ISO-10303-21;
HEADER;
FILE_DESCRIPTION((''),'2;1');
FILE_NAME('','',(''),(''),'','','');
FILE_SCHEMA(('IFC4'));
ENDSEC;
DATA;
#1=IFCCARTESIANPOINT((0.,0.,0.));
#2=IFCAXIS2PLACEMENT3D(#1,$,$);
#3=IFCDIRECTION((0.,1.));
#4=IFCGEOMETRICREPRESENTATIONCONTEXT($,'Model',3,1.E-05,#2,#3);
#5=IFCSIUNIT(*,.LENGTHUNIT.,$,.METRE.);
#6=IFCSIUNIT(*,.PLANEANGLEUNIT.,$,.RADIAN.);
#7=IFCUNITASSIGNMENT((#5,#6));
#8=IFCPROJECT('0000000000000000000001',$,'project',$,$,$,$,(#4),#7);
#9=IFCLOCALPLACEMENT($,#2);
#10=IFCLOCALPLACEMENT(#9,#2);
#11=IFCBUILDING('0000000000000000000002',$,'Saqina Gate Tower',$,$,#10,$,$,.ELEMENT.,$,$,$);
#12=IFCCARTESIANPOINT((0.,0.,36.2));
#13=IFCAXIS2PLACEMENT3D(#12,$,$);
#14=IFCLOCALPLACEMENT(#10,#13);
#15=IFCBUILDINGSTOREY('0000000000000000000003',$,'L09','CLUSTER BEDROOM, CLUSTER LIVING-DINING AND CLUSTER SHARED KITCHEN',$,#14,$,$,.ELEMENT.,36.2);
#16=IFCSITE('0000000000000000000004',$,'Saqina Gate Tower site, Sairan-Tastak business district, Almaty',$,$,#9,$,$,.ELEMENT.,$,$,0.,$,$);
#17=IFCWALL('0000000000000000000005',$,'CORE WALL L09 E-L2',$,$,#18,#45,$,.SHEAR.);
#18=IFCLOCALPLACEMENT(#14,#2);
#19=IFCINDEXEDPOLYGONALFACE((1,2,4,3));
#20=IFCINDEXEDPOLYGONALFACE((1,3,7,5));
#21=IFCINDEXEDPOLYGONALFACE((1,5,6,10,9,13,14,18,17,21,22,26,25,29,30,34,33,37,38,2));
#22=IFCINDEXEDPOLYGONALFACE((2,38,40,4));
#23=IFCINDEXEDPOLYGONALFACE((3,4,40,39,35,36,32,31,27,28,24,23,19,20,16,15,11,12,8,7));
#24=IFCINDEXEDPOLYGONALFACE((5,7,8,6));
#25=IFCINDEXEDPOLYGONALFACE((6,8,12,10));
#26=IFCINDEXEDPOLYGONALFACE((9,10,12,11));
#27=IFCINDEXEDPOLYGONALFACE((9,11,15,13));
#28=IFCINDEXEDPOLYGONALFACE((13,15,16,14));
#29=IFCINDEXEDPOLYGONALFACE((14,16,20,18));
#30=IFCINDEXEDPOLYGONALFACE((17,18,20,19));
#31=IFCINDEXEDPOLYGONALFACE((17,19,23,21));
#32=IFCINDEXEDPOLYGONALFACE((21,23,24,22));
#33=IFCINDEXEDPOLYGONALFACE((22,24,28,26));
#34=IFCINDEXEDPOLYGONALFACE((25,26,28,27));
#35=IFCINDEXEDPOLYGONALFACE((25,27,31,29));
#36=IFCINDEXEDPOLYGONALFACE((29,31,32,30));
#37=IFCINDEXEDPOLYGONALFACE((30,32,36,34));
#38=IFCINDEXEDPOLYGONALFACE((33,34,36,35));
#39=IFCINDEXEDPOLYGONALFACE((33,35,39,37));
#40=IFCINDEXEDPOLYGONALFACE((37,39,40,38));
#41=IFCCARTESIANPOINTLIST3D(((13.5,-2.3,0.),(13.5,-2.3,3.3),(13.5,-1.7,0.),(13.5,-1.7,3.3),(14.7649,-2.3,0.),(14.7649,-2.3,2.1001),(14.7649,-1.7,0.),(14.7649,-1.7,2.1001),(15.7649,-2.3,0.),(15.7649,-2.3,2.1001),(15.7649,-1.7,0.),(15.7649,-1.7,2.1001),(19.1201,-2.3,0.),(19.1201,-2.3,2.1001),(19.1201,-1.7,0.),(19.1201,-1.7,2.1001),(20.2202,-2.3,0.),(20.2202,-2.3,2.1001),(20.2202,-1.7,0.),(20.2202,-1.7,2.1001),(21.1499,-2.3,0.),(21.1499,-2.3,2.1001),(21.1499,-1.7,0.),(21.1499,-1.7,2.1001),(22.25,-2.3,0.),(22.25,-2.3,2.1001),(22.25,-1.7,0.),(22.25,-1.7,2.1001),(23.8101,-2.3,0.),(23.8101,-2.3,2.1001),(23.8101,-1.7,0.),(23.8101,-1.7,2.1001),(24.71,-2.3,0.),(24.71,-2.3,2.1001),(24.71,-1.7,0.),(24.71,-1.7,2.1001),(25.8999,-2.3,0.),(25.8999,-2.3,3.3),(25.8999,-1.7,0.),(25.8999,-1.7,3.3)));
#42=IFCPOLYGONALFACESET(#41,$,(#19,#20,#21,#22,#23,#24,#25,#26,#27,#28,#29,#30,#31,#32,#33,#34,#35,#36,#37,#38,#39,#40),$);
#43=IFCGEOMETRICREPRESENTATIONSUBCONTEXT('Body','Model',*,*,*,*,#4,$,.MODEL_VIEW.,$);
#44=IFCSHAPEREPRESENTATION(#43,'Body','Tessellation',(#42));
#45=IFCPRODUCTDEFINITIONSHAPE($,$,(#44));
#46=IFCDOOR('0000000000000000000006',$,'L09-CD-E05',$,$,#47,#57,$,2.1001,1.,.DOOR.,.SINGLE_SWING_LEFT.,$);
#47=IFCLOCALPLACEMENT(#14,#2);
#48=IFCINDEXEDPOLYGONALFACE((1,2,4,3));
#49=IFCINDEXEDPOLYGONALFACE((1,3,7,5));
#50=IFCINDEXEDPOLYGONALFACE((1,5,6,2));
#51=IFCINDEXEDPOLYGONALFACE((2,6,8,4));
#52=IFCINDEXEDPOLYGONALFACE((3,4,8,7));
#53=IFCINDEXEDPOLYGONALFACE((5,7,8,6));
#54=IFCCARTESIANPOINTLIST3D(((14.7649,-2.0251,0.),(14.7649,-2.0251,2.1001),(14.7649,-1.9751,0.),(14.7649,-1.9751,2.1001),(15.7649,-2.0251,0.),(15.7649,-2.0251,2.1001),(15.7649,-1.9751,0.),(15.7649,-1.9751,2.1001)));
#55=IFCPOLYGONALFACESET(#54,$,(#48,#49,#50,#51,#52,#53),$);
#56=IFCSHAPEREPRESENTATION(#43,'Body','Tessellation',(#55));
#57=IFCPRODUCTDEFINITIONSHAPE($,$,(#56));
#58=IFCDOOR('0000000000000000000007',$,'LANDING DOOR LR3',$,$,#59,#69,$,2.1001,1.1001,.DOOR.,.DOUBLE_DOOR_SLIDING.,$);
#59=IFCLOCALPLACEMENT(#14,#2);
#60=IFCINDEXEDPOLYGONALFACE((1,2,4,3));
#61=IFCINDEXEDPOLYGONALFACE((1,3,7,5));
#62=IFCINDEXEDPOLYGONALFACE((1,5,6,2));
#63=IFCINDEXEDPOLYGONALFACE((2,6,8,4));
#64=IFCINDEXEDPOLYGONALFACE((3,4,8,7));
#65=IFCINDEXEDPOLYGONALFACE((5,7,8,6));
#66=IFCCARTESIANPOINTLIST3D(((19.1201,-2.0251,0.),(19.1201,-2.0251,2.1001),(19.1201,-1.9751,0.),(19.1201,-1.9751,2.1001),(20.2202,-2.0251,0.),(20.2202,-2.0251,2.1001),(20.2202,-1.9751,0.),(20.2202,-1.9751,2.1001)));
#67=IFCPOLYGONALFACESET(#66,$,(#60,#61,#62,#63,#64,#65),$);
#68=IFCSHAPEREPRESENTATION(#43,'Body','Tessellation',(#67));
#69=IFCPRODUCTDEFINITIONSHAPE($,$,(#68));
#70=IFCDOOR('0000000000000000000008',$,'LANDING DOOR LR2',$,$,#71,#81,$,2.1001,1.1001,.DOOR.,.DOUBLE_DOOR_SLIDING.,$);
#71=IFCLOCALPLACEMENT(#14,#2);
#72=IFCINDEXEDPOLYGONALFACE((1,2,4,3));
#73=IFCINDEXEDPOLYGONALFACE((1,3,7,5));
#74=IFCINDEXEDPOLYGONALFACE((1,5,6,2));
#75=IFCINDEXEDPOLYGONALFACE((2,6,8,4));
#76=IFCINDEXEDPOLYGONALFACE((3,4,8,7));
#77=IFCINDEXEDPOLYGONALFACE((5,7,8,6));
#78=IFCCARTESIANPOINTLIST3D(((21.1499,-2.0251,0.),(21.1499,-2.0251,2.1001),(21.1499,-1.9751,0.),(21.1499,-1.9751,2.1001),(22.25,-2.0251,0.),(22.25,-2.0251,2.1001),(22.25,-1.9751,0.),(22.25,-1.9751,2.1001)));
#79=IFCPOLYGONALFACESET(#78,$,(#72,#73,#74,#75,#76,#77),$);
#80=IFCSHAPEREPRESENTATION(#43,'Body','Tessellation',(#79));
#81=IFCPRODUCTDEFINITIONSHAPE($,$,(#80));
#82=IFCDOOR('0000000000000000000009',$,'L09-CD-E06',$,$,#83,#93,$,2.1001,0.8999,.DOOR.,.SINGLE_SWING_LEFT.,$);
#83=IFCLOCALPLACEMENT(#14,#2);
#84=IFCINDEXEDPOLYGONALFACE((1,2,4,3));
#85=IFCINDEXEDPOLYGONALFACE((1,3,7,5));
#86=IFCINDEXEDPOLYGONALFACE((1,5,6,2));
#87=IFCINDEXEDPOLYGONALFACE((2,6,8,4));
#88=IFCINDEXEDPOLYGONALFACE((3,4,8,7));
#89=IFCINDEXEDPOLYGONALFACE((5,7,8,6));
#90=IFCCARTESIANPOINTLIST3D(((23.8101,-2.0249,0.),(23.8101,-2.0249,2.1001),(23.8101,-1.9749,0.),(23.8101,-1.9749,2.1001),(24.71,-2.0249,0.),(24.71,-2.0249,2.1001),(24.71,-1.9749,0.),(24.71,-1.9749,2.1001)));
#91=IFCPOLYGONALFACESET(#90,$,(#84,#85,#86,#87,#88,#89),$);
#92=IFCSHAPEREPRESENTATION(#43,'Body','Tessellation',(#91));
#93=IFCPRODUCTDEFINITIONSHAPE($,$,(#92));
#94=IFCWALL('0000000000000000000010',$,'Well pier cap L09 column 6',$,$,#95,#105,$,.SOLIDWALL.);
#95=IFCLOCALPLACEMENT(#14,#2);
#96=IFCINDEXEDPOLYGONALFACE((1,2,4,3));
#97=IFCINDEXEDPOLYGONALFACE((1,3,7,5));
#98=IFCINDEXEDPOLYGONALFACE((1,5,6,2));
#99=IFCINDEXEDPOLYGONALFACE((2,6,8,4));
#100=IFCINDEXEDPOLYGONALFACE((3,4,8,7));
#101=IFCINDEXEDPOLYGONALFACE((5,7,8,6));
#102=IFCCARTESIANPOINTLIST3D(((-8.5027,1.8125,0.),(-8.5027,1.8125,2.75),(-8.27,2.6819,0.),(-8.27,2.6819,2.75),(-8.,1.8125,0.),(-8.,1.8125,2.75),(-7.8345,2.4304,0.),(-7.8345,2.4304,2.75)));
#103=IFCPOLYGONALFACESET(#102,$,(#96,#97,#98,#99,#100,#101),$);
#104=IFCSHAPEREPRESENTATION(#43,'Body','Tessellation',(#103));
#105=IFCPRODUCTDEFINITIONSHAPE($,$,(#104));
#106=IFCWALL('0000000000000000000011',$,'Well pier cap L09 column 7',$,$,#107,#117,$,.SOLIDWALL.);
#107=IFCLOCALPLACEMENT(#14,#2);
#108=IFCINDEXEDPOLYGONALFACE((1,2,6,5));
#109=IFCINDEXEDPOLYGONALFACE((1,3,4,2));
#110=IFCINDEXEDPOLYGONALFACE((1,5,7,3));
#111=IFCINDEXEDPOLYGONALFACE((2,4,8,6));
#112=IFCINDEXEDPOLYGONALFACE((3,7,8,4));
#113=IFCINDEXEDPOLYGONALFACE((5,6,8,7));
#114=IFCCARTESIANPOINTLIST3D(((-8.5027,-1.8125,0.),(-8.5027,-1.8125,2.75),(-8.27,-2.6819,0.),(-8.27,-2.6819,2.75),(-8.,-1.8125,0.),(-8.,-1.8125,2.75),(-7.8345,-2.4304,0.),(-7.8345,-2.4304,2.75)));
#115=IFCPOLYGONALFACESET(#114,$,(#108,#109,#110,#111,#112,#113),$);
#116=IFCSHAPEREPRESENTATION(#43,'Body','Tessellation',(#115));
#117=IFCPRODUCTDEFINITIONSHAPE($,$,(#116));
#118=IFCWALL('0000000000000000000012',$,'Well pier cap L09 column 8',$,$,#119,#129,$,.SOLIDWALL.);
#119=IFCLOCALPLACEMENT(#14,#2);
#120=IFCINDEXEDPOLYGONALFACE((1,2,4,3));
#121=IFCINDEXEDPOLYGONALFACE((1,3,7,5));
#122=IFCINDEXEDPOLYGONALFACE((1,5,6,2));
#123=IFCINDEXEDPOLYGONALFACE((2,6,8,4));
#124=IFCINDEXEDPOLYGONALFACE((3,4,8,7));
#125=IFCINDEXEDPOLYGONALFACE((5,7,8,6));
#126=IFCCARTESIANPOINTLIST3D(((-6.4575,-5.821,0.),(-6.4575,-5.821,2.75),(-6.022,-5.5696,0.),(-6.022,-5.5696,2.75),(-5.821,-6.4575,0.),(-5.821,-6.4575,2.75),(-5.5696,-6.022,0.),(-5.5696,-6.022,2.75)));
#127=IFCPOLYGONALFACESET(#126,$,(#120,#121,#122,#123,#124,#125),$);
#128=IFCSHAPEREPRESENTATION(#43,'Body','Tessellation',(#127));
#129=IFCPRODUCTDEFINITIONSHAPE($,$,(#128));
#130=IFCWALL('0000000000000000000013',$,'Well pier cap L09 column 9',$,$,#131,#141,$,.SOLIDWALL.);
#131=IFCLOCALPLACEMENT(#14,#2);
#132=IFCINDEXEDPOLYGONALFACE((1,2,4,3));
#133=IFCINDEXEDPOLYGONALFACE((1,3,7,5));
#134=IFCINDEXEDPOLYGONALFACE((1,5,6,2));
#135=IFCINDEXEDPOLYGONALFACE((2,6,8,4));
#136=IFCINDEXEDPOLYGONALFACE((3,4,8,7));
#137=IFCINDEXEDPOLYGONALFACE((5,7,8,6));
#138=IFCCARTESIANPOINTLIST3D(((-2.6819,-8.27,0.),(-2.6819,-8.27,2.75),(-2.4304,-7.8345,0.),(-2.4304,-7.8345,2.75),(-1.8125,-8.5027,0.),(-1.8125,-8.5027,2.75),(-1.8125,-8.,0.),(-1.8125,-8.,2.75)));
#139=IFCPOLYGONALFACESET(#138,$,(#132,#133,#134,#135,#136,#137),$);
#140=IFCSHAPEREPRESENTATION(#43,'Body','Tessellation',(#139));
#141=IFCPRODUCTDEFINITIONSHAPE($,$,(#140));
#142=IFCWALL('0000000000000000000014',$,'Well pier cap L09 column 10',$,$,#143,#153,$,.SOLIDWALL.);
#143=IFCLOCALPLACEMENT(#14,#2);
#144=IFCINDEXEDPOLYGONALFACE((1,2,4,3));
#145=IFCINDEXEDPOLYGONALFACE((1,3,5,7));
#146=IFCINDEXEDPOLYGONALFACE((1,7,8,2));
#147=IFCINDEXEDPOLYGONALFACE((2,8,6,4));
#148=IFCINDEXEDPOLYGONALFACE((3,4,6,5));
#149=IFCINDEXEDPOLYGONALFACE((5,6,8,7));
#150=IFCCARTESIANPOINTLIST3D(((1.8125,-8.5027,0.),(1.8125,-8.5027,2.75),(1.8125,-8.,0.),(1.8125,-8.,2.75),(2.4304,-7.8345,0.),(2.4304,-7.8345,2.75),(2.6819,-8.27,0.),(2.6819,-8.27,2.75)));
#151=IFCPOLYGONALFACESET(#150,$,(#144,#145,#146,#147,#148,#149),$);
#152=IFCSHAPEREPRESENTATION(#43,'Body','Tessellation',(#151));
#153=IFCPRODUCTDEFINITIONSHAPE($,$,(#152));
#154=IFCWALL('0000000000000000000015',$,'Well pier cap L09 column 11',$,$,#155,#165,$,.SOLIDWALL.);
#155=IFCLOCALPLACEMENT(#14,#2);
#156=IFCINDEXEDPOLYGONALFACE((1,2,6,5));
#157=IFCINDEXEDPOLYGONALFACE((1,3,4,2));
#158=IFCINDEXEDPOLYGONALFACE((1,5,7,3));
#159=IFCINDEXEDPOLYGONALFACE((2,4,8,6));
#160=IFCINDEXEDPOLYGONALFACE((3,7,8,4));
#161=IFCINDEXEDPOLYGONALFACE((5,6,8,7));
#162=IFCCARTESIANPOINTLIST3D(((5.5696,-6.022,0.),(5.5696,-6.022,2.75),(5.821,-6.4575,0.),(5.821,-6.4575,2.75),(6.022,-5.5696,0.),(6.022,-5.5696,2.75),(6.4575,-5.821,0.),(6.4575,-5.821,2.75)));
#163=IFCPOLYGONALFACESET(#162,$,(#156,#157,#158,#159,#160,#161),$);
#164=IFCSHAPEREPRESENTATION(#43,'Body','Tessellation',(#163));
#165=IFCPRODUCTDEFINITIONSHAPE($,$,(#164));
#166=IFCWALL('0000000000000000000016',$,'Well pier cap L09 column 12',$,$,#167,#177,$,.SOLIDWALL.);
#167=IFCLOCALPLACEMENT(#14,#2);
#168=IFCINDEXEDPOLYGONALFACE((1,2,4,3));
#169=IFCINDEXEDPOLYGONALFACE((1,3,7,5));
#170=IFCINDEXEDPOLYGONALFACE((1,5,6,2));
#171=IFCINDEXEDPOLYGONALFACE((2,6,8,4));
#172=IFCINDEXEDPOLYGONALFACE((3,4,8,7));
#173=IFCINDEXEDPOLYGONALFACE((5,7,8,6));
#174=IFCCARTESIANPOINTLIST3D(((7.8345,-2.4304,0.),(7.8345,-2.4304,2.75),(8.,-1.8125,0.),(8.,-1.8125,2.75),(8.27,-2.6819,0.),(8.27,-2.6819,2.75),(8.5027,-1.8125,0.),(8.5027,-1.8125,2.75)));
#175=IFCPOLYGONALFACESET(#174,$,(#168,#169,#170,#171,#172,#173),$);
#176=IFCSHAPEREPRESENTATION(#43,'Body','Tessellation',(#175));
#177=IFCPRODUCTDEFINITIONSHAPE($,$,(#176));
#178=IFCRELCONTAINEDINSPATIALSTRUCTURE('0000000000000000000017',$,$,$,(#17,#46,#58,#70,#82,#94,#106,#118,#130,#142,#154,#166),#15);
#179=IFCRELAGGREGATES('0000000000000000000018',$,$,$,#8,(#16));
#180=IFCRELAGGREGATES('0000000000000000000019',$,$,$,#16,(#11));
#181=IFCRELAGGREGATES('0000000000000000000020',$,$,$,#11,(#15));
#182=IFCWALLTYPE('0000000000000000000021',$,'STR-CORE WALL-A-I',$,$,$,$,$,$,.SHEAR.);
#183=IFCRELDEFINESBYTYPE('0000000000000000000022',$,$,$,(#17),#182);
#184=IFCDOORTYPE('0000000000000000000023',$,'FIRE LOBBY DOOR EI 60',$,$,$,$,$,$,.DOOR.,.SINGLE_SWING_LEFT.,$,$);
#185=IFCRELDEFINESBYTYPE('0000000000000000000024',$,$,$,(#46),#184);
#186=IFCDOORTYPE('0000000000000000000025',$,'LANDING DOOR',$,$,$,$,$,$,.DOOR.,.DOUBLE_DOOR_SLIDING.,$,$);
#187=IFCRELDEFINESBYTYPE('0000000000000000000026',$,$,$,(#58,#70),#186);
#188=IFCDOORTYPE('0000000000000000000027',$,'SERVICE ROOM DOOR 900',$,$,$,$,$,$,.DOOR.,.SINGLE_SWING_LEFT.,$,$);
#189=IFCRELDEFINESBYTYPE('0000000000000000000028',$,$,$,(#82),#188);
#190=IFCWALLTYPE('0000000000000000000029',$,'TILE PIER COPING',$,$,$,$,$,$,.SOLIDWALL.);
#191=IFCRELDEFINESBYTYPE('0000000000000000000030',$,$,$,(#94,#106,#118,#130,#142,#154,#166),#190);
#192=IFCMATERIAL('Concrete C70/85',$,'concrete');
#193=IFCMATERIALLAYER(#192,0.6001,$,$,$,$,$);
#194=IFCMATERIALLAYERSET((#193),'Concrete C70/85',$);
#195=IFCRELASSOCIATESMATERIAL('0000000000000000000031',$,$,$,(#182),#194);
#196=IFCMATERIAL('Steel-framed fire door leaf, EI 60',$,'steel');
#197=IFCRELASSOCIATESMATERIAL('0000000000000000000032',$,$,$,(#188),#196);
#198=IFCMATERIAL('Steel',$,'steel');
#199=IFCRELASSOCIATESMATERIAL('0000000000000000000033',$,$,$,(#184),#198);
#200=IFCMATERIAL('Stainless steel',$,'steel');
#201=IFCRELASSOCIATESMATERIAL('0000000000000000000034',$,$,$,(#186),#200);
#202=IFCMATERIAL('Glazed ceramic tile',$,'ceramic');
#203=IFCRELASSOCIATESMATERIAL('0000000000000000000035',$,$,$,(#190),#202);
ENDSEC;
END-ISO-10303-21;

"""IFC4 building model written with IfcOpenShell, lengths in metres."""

from ifc_helpers import new_model, si_unit, direction, frame, frame_2d, origin, place, context, subcontext, project, spatial, polyline, rectangle, outline, extrude, material, layer, layer_set, type_object, element, fill, save


model = new_model("IFC4")

# Units and contexts
model_context = context("Model", 3, precision=1e-05, world=origin(), true_north=direction((0.0, 1.0)))
body_context = subcontext(model_context, "Body", "Model", "MODEL_VIEW")
ifc_project = project(units=[si_unit("LENGTHUNIT", "METRE"), si_unit("PLANEANGLEUNIT", "RADIAN")], contexts=[model_context])

# Site, building, storey
site_placement = place(None, origin())
site = spatial("IfcSite", under=ifc_project, at=site_placement, Name="Saqina Gate Tower site, Sairan-Tastak business district, Almaty", CompositionType="ELEMENT", RefElevation=0.0)
building_placement = place(site_placement, origin())
building = spatial("IfcBuilding", under=site, at=building_placement, Name="Saqina Gate Tower", CompositionType="ELEMENT")
storey_placement = place(building_placement, frame((0.0, 0.0, 36.2)))
storey = spatial("IfcBuildingStorey", under=building, at=storey_placement, Name="L09", Description="CLUSTER BEDROOM, CLUSTER LIVING-DINING AND CLUSTER SHARED KITCHEN", CompositionType="ELEMENT", Elevation=36.2)

# Wall, openings, doors
ifc_material_1 = material(Name="Concrete C70/85", Category="concrete")
ifc_layer_1 = layer(ifc_material_1, 0.6001)
ifc_layer_set_1 = layer_set([ifc_layer_1], Name="Concrete C70/85")
wall_type_1 = type_object("IfcWallType", Name="STR-CORE WALL-A-I", PredefinedType="SHEAR", material=ifc_layer_set_1)
ifc_material_2 = material(Name="Steel-framed fire door leaf, EI 60", Category="steel")
door_type_1 = type_object("IfcDoorType", Name="SERVICE ROOM DOOR 900", OperationType="SINGLE_SWING_LEFT", PredefinedType="DOOR", material=ifc_material_2)
wall_1_placement = place(storey_placement, frame((13.5, -2.0, 0.0), z_axis=(0.0, 0.0, 1.0), x_axis=(1.0, 0.0, 0.0)))
wall_1 = element("IfcWall", 1, at=wall_1_placement, inside=storey, type_object=wall_type_1, Name="CORE WALL L09 E-L2", PredefinedType="SHEAR", context=body_context, shape_type="SweptSolid", body=[
    extrude(rectangle(XDim=12.3999, YDim=0.6001, at=frame_2d((6.2, 0.0))), origin(), (0.0, 0.0, 1.0), 3.3),
])
opening_1_placement = place(wall_1_placement, frame((5.6201, 0.0, 0.0)))
opening_1 = element("IfcOpeningElement", 2, at=opening_1_placement, cuts=wall_1, PredefinedType="OPENING", context=body_context, shape_type="SweptSolid", body=[
    extrude(rectangle(XDim=1.1001, YDim=2.1001, at=frame_2d((0.55, 1.05))), frame((0.0, 0.312, 0.0), z_axis=(0.0, -1.0, 0.0), x_axis=(1.0, 0.0, 0.0)), (0.0, 0.0, 1.0), 0.624),
])
opening_2_placement = place(wall_1_placement, frame((7.6499, 0.0, 0.0)))
opening_2 = element("IfcOpeningElement", 3, at=opening_2_placement, cuts=wall_1, PredefinedType="OPENING", context=body_context, shape_type="SweptSolid", body=[
    extrude(rectangle(XDim=1.1001, YDim=2.1001, at=frame_2d((0.55, 1.05))), frame((0.0, 0.312, 0.0), z_axis=(0.0, -1.0, 0.0), x_axis=(1.0, 0.0, 0.0)), (0.0, 0.0, 1.0), 0.624),
])
opening_3_placement = place(wall_1_placement, frame((1.2649, 0.0, 0.0)))
opening_3 = element("IfcOpeningElement", 4, at=opening_3_placement, cuts=wall_1, PredefinedType="OPENING", context=body_context, shape_type="SweptSolid", body=[
    extrude(rectangle(XDim=1.0, YDim=2.1001, at=frame_2d((0.5, 1.05))), frame((0.0, 0.312, 0.0), z_axis=(0.0, -1.0, 0.0), x_axis=(1.0, 0.0, 0.0)), (0.0, 0.0, 1.0), 0.624),
])
opening_4_placement = place(wall_1_placement, frame((10.3101, 0.0, 0.0)))
opening_4 = element("IfcOpeningElement", 5, at=opening_4_placement, cuts=wall_1, PredefinedType="OPENING", context=body_context, shape_type="SweptSolid", body=[
    extrude(rectangle(XDim=0.8999, YDim=2.1001, at=frame_2d((0.45, 1.05))), frame((0.0, 0.312, 0.0), z_axis=(0.0, -1.0, 0.0), x_axis=(1.0, 0.0, 0.0)), (0.0, 0.0, 1.0), 0.624),
])
ifc_material_3 = material(Name="Steel", Category="steel")
door_type_2 = type_object("IfcDoorType", Name="FIRE LOBBY DOOR EI 60", OperationType="SINGLE_SWING_LEFT", PredefinedType="DOOR", material=ifc_material_3)
door_1_placement = place(opening_3_placement, origin())
door_1 = element("IfcDoor", 6, at=door_1_placement, inside=storey, type_object=door_type_2, Name="L09-CD-E05", OperationType="SINGLE_SWING_LEFT", OverallHeight=2.1001, OverallWidth=1.0, PredefinedType="DOOR", context=body_context, shape_type="SweptSolid", body=[
    extrude(rectangle(XDim=1.0, YDim=2.1001, at=frame_2d((0.5, 1.05))), frame((0.0, 0.0249, 0.0), z_axis=(0.0, -1.0, 0.0), x_axis=(1.0, 0.0, 0.0)), (0.0, 0.0, 1.0), 0.05),
])
fill(opening_3, door_1)
ifc_material_4 = material(Name="Stainless steel", Category="steel")
door_type_3 = type_object("IfcDoorType", Name="LANDING DOOR", OperationType="DOUBLE_DOOR_SLIDING", PredefinedType="DOOR", material=ifc_material_4)
door_2_placement = place(opening_1_placement, origin())
door_2 = element("IfcDoor", 7, at=door_2_placement, inside=storey, type_object=door_type_3, Name="LANDING DOOR LR3", OperationType="DOUBLE_DOOR_SLIDING", OverallHeight=2.1001, OverallWidth=1.1001, PredefinedType="DOOR", context=body_context, shape_type="SweptSolid", body=[
    extrude(rectangle(XDim=1.1001, YDim=2.1001, at=frame_2d((0.55, 1.05))), frame((0.0, 0.0249, 0.0), z_axis=(0.0, -1.0, 0.0), x_axis=(1.0, 0.0, 0.0)), (0.0, 0.0, 1.0), 0.05),
])
fill(opening_1, door_2)
door_3_placement = place(opening_2_placement, origin())
door_3 = element("IfcDoor", 8, at=door_3_placement, inside=storey, type_object=door_type_3, Name="LANDING DOOR LR2", OperationType="DOUBLE_DOOR_SLIDING", OverallHeight=2.1001, OverallWidth=1.1001, PredefinedType="DOOR", context=body_context, shape_type="SweptSolid", body=[
    extrude(rectangle(XDim=1.1001, YDim=2.1001, at=frame_2d((0.55, 1.05))), frame((0.0, 0.0249, 0.0), z_axis=(0.0, -1.0, 0.0), x_axis=(1.0, 0.0, 0.0)), (0.0, 0.0, 1.0), 0.05),
])
fill(opening_2, door_3)
door_4_placement = place(opening_4_placement, frame((0.8999, 0.0, 0.0), z_axis=(0.0, 0.0, 1.0), x_axis=(-1.0, 0.0, 0.0)))
door_4 = element("IfcDoor", 9, at=door_4_placement, inside=storey, type_object=door_type_1, Name="L09-CD-E06", OperationType="SINGLE_SWING_LEFT", OverallHeight=2.1001, OverallWidth=0.8999, PredefinedType="DOOR", context=body_context, shape_type="SweptSolid", body=[
    extrude(rectangle(XDim=0.8999, YDim=2.1001, at=frame_2d((0.45, 1.05))), frame((0.0, 0.0249, 0.0), z_axis=(0.0, -1.0, 0.0), x_axis=(1.0, 0.0, 0.0)), (0.0, 0.0, 1.0), 0.05),
])
fill(opening_4, door_4)

# Walls
ifc_material_5 = material(Name="Glazed ceramic tile", Category="ceramic")
wall_type_2 = type_object("IfcWallType", Name="TILE PIER COPING", PredefinedType="SOLIDWALL", material=ifc_material_5)
wall_2_placement = place(storey_placement, origin())
element("IfcWall", 10, at=wall_2_placement, inside=storey, type_object=wall_type_2, Name="Well pier cap L09 column 6", PredefinedType="SOLIDWALL", context=body_context, shape_type="SweptSolid", body=[
    extrude(outline(polyline([(-8.5027, 1.8125), (-8.0, 1.8125), (-7.8345, 2.4304), (-8.27, 2.6819), (-8.5027, 1.8125)])), origin(), (0.0, 0.0, 1.0), 2.75),
])
wall_3_placement = place(storey_placement, origin())
element("IfcWall", 11, at=wall_3_placement, inside=storey, type_object=wall_type_2, Name="Well pier cap L09 column 7", PredefinedType="SOLIDWALL", context=body_context, shape_type="SweptSolid", body=[
    extrude(outline(polyline([(-8.27, -2.6819), (-7.8345, -2.4304), (-8.0, -1.8125), (-8.5027, -1.8125), (-8.27, -2.6819)])), origin(), (0.0, 0.0, 1.0), 2.75),
])
wall_4_placement = place(storey_placement, origin())
element("IfcWall", 12, at=wall_4_placement, inside=storey, type_object=wall_type_2, Name="Well pier cap L09 column 8", PredefinedType="SOLIDWALL", context=body_context, shape_type="SweptSolid", body=[
    extrude(outline(polyline([(-6.4575, -5.821), (-5.821, -6.4575), (-5.5696, -6.022), (-6.022, -5.5696), (-6.4575, -5.821)])), origin(), (0.0, 0.0, 1.0), 2.75),
])
wall_5_placement = place(storey_placement, origin())
element("IfcWall", 13, at=wall_5_placement, inside=storey, type_object=wall_type_2, Name="Well pier cap L09 column 9", PredefinedType="SOLIDWALL", context=body_context, shape_type="SweptSolid", body=[
    extrude(outline(polyline([(-1.8125, -8.5027), (-1.8125, -8.0), (-2.4304, -7.8345), (-2.6819, -8.27), (-1.8125, -8.5027)])), origin(), (0.0, 0.0, 1.0), 2.75),
])
wall_6_placement = place(storey_placement, origin())
element("IfcWall", 14, at=wall_6_placement, inside=storey, type_object=wall_type_2, Name="Well pier cap L09 column 10", PredefinedType="SOLIDWALL", context=body_context, shape_type="SweptSolid", body=[
    extrude(outline(polyline([(2.6819, -8.27), (2.4304, -7.8345), (1.8125, -8.0), (1.8125, -8.5027), (2.6819, -8.27)])), origin(), (0.0, 0.0, 1.0), 2.75),
])
wall_7_placement = place(storey_placement, origin())
element("IfcWall", 15, at=wall_7_placement, inside=storey, type_object=wall_type_2, Name="Well pier cap L09 column 11", PredefinedType="SOLIDWALL", context=body_context, shape_type="SweptSolid", body=[
    extrude(outline(polyline([(5.821, -6.4575), (6.4575, -5.821), (6.022, -5.5696), (5.5696, -6.022), (5.821, -6.4575)])), origin(), (0.0, 0.0, 1.0), 2.75),
])
wall_8_placement = place(storey_placement, origin())
element("IfcWall", 16, at=wall_8_placement, inside=storey, type_object=wall_type_2, Name="Well pier cap L09 column 12", PredefinedType="SOLIDWALL", context=body_context, shape_type="SweptSolid", body=[
    extrude(outline(polyline([(8.5027, -1.8125), (8.0, -1.8125), (7.8345, -2.4304), (8.27, -2.6819), (8.5027, -1.8125)])), origin(), (0.0, 0.0, 1.0), 2.75),
])

save(model, "model.ifc")
